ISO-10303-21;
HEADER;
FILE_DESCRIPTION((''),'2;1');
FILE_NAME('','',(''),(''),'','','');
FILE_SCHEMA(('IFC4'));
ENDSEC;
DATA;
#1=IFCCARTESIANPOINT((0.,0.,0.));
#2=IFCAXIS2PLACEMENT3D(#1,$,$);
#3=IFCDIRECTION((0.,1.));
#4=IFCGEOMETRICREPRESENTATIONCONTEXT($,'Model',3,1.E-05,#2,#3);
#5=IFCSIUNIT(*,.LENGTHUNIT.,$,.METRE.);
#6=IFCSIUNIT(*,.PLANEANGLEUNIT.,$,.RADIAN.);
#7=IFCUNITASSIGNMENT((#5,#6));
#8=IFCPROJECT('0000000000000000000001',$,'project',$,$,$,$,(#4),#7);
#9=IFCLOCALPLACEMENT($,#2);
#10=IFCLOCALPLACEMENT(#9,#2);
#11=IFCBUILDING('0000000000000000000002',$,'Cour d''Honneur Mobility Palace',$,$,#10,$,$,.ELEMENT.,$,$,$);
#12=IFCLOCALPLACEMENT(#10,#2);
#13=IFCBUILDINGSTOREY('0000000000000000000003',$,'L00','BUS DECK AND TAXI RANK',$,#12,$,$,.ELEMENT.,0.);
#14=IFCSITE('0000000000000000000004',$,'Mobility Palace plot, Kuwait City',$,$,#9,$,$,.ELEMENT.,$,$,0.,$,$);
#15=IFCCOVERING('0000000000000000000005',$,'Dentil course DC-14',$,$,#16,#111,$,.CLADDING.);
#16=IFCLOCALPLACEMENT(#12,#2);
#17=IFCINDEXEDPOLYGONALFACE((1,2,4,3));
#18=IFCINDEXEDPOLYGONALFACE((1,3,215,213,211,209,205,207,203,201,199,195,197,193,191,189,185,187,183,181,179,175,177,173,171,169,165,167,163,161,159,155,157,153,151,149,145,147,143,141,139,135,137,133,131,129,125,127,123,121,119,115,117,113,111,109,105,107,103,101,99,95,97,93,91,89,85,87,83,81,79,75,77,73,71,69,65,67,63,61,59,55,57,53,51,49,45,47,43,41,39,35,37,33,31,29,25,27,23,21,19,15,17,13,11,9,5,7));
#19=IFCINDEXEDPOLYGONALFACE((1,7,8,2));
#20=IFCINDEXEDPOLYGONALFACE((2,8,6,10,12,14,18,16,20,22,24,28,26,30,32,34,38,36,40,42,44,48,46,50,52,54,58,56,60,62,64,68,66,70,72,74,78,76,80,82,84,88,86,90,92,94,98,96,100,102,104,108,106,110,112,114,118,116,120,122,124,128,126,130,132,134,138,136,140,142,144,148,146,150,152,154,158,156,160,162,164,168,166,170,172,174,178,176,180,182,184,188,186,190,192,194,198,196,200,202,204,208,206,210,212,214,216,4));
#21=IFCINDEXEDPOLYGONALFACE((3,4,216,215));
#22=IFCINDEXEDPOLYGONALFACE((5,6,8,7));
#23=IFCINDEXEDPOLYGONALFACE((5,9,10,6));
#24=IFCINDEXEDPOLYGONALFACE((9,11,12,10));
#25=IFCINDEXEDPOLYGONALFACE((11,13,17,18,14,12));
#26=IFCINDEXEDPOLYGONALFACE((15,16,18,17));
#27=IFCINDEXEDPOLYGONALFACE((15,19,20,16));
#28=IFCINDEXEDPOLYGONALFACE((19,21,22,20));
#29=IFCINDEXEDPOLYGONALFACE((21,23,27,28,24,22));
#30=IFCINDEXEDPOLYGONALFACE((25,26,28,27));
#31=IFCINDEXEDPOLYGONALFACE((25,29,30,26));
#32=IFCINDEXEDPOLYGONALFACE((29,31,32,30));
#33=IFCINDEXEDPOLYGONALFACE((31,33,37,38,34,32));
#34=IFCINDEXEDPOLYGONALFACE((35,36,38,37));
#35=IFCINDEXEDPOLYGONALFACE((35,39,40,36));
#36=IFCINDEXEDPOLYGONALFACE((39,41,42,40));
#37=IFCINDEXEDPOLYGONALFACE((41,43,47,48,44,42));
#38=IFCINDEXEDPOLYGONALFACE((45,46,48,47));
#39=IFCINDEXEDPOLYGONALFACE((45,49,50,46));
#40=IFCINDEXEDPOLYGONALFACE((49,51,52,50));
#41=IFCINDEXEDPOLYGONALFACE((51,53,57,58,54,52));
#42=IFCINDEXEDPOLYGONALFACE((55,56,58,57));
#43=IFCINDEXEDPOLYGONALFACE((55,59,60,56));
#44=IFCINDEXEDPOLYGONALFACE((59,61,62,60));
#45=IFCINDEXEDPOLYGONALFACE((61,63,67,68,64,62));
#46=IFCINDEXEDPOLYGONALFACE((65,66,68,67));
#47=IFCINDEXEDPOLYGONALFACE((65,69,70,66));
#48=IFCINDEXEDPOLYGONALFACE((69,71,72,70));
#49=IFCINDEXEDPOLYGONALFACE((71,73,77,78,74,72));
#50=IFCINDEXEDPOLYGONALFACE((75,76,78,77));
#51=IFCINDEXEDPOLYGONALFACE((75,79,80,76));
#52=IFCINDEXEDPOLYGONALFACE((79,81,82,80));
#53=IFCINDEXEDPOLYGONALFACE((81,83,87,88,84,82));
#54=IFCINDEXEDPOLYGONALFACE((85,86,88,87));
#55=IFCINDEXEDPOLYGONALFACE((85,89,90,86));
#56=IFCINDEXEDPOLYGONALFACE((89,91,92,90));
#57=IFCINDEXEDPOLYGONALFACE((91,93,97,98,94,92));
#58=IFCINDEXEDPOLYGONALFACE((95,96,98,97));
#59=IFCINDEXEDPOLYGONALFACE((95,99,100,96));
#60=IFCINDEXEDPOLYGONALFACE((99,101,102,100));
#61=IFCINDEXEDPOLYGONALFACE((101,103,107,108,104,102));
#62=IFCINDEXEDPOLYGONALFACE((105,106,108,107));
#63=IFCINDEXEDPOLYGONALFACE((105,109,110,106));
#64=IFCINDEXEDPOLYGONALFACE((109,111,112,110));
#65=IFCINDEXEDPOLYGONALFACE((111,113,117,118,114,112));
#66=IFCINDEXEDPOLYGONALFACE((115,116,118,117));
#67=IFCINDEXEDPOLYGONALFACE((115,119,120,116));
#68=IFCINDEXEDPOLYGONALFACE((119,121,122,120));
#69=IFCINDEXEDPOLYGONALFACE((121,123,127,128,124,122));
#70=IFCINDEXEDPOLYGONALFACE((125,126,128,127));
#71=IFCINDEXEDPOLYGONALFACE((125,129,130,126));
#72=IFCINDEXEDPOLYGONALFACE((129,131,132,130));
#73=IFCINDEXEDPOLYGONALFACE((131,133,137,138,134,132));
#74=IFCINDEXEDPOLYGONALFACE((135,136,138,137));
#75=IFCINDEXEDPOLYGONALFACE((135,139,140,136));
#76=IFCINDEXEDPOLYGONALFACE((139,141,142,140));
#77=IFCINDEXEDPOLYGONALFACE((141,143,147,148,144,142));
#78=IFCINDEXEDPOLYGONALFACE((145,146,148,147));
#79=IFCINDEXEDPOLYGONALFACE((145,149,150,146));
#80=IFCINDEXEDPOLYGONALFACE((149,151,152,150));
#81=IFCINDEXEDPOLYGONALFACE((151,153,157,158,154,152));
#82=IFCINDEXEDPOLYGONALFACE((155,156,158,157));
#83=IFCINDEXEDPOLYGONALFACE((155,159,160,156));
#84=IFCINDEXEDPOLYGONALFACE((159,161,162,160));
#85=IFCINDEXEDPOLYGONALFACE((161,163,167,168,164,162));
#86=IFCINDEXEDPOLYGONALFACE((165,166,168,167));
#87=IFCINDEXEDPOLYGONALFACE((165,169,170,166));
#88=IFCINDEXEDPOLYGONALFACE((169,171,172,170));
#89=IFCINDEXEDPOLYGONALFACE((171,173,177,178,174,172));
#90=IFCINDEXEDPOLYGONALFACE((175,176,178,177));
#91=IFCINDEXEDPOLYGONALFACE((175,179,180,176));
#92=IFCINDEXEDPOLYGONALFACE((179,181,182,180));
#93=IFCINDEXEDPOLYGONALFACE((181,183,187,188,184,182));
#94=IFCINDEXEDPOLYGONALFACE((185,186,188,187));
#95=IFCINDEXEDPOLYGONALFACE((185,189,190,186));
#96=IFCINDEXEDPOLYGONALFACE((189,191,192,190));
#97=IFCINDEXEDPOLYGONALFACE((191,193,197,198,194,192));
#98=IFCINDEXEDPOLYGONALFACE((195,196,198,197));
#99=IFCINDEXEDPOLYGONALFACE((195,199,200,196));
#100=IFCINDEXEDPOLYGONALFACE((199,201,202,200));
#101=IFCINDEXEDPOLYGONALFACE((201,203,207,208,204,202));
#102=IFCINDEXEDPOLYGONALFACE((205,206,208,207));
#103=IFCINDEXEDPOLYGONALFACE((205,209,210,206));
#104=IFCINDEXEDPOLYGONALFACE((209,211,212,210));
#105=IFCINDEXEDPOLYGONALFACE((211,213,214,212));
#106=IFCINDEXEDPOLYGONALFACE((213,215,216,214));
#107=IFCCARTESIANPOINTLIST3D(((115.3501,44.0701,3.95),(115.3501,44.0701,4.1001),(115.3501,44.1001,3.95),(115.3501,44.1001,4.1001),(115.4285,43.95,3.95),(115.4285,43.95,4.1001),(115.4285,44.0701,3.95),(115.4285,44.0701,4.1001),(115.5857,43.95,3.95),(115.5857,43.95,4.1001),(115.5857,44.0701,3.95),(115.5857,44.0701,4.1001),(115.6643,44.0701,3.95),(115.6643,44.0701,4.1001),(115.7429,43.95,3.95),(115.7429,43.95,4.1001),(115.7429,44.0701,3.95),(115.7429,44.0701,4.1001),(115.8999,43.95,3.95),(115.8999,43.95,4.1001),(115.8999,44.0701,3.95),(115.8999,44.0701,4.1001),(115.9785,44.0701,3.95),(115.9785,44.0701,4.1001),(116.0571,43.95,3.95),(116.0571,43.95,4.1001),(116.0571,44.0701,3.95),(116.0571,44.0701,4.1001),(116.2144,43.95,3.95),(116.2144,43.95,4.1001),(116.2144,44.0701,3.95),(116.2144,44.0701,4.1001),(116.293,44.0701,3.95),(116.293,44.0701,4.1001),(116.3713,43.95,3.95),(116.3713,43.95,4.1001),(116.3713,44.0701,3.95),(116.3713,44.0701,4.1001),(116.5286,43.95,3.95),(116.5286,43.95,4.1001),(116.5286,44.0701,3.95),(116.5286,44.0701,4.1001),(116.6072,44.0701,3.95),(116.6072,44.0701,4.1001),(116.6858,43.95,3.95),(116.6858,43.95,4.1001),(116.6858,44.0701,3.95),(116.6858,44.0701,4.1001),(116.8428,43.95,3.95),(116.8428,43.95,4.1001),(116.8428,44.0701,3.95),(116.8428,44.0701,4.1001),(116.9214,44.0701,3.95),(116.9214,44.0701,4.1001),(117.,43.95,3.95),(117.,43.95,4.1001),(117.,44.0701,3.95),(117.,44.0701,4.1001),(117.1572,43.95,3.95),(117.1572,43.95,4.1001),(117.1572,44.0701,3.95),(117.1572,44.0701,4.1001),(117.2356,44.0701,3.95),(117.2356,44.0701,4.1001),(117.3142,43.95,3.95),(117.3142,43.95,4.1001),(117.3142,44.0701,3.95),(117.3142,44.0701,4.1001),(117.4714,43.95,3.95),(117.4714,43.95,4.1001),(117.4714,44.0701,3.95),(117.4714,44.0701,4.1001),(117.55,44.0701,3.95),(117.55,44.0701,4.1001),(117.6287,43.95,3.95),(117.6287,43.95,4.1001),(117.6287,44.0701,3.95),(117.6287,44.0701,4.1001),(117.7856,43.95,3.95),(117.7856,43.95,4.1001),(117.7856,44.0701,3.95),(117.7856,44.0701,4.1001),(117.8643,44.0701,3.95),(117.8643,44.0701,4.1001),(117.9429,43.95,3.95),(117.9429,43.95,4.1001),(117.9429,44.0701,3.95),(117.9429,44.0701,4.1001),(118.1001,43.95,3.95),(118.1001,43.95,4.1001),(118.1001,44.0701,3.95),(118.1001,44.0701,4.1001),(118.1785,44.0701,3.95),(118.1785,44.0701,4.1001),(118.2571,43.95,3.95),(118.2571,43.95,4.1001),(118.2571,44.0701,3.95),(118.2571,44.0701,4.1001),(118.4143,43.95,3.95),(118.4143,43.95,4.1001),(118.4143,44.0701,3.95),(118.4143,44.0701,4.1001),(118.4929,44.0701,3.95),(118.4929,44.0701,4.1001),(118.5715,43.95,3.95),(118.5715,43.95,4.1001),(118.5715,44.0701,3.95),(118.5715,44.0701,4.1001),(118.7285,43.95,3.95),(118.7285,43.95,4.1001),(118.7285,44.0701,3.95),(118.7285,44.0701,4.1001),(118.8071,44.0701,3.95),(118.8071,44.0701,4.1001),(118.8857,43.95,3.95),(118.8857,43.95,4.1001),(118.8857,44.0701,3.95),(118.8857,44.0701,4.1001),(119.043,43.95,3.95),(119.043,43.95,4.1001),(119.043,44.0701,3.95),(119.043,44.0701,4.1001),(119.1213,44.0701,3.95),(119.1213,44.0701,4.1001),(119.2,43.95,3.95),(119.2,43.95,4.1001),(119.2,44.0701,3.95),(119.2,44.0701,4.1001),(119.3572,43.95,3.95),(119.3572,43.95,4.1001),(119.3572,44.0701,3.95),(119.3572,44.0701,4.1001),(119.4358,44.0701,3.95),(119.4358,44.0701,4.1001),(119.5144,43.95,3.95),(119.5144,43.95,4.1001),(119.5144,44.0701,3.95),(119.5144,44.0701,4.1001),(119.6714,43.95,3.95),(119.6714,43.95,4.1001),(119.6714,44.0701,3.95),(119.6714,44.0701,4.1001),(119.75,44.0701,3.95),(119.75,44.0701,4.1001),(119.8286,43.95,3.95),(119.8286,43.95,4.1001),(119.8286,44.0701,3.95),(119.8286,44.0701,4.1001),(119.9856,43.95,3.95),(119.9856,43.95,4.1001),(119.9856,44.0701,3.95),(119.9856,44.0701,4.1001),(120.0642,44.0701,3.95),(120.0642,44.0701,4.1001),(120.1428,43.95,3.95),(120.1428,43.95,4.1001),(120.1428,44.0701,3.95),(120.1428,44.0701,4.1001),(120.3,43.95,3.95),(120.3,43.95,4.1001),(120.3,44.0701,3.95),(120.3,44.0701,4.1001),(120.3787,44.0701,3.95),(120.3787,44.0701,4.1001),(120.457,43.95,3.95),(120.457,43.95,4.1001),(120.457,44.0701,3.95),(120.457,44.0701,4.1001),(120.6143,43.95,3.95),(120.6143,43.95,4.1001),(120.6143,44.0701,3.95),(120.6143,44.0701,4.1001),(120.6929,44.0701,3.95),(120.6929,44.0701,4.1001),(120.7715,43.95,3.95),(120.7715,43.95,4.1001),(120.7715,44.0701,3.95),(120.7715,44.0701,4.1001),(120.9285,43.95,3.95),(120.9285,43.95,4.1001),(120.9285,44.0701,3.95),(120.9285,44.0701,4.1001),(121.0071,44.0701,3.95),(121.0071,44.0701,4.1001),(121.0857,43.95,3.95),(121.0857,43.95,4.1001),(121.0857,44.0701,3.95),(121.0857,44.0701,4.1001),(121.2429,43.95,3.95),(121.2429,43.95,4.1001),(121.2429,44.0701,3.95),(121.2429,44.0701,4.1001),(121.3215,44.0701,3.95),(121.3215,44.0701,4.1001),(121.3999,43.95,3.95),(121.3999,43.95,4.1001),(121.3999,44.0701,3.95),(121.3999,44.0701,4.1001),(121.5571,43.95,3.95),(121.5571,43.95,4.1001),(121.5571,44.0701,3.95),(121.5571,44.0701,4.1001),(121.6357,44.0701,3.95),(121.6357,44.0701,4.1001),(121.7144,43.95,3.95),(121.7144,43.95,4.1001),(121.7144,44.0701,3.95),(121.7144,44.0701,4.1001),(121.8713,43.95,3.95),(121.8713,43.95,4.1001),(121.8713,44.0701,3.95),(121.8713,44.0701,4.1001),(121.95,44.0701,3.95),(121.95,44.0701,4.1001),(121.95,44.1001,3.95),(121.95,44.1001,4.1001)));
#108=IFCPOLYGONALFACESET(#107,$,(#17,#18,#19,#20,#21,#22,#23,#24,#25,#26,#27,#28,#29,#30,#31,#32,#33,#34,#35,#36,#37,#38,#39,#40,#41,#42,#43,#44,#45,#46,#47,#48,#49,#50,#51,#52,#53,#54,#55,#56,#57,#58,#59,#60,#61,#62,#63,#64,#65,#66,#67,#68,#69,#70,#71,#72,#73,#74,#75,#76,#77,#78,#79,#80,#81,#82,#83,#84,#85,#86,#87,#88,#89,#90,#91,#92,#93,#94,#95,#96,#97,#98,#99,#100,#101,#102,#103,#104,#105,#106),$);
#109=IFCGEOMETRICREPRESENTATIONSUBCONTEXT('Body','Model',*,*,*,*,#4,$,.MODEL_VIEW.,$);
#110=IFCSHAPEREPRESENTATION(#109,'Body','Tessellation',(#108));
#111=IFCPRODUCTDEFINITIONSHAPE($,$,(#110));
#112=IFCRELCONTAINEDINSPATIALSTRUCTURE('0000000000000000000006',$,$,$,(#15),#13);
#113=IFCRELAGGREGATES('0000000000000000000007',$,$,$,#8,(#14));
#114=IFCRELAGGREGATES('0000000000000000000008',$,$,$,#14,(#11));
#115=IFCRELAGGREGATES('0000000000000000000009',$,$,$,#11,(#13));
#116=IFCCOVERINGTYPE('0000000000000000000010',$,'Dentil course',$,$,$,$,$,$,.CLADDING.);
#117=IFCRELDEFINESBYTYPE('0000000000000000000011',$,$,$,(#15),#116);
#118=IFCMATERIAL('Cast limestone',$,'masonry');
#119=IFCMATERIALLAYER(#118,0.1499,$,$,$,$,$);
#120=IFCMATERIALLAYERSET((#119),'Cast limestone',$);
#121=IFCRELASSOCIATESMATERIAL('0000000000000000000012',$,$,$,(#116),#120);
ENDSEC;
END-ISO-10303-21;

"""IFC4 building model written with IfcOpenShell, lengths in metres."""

from ifc_helpers import new_model, si_unit, direction, frame, origin, place, context, subcontext, project, spatial, polyline, outline, extrude, material, layer, layer_set, type_object, element, save


model = new_model("IFC4")

# Units and contexts
model_context = context("Model", 3, precision=1e-05, world=origin(), true_north=direction((0.0, 1.0)))
body_context = subcontext(model_context, "Body", "Model", "MODEL_VIEW")
ifc_project = project(units=[si_unit("LENGTHUNIT", "METRE"), si_unit("PLANEANGLEUNIT", "RADIAN")], contexts=[model_context])

# Site, building, storey
site_placement = place(None, origin())
site = spatial("IfcSite", under=ifc_project, at=site_placement, Name="Mobility Palace plot, Kuwait City", CompositionType="ELEMENT", RefElevation=0.0)
building_placement = place(site_placement, origin())
building = spatial("IfcBuilding", under=site, at=building_placement, Name="Cour d'Honneur Mobility Palace", CompositionType="ELEMENT")
storey_placement = place(building_placement, origin())
storey = spatial("IfcBuildingStorey", under=building, at=storey_placement, Name="L00", Description="BUS DECK AND TAXI RANK", CompositionType="ELEMENT", Elevation=0.0)

# Covering
ifc_material = material(Name="Cast limestone", Category="masonry")
ifc_layer = layer(ifc_material, 0.1499)
ifc_layer_set = layer_set([ifc_layer], Name="Cast limestone")
covering_type = type_object("IfcCoveringType", Name="Dentil course", PredefinedType="CLADDING", material=ifc_layer_set)
covering_1_placement = place(storey_placement, frame((0.0, 0.0, 3.95)))
element("IfcCovering", 1, at=covering_1_placement, inside=storey, type_object=covering_type, Name="Dentil course DC-14", PredefinedType="CLADDING", context=body_context, shape_type="SweptSolid", body=[
    extrude(outline(polyline([(115.3501, 44.1001), (121.95, 44.1001), (121.95, 44.0701), (121.95, 44.0701), (121.8713, 44.0701), (121.8713, 43.95), (121.7144, 43.95), (121.7144, 44.0701), (121.6357, 44.0701), (121.6357, 44.0701), (121.5571, 44.0701), (121.5571, 43.95), (121.3999, 43.95), (121.3999, 44.0701), (121.3215, 44.0701), (121.3215, 44.0701), (121.2429, 44.0701), (121.2429, 43.95), (121.0857, 43.95), (121.0857, 44.0701), (121.0071, 44.0701), (121.0071, 44.0701), (120.9285, 44.0701), (120.9285, 43.95), (120.7715, 43.95), (120.7715, 44.0701), (120.6929, 44.0701), (120.6929, 44.0701), (120.6143, 44.0701), (120.6143, 43.95), (120.457, 43.95), (120.457, 44.0701), (120.3787, 44.0701), (120.3787, 44.0701), (120.3, 44.0701), (120.3, 43.95), (120.1428, 43.95), (120.1428, 44.0701), (120.0642, 44.0701), (120.0642, 44.0701), (119.9856, 44.0701), (119.9856, 43.95), (119.8286, 43.95), (119.8286, 44.0701), (119.75, 44.0701), (119.75, 44.0701), (119.6714, 44.0701), (119.6714, 43.95), (119.5144, 43.95), (119.5144, 44.0701), (119.4358, 44.0701), (119.4358, 44.0701), (119.3572, 44.0701), (119.3572, 43.95), (119.2, 43.95), (119.2, 44.0701), (119.1213, 44.0701), (119.1213, 44.0701), (119.043, 44.0701), (119.043, 43.95), (118.8857, 43.95), (118.8857, 44.0701), (118.8071, 44.0701), (118.8071, 44.0701), (118.7285, 44.0701), (118.7285, 43.95), (118.5715, 43.95), (118.5715, 44.0701), (118.4929, 44.0701), (118.4929, 44.0701), (118.4143, 44.0701), (118.4143, 43.95), (118.2571, 43.95), (118.2571, 44.0701), (118.1785, 44.0701), (118.1785, 44.0701), (118.1001, 44.0701), (118.1001, 43.95), (117.9429, 43.95), (117.9429, 44.0701), (117.8643, 44.0701), (117.8643, 44.0701), (117.7856, 44.0701), (117.7856, 43.95), (117.6287, 43.95), (117.6287, 44.0701), (117.55, 44.0701), (117.55, 44.0701), (117.4714, 44.0701), (117.4714, 43.95), (117.3142, 43.95), (117.3142, 44.0701), (117.2356, 44.0701), (117.2356, 44.0701), (117.1572, 44.0701), (117.1572, 43.95), (117.0, 43.95), (117.0, 44.0701), (116.9214, 44.0701), (116.9214, 44.0701), (116.8428, 44.0701), (116.8428, 43.95), (116.6858, 43.95), (116.6858, 44.0701), (116.6072, 44.0701), (116.6072, 44.0701), (116.5286, 44.0701), (116.5286, 43.95), (116.3713, 43.95), (116.3713, 44.0701), (116.293, 44.0701), (116.293, 44.0701), (116.2144, 44.0701), (116.2144, 43.95), (116.0571, 43.95), (116.0571, 44.0701), (115.9785, 44.0701), (115.9785, 44.0701), (115.8999, 44.0701), (115.8999, 43.95), (115.7429, 43.95), (115.7429, 44.0701), (115.6643, 44.0701), (115.6643, 44.0701), (115.5857, 44.0701), (115.5857, 43.95), (115.4285, 43.95), (115.4285, 44.0701), (115.3501, 44.0701), (115.3501, 44.1001)])), origin(), (0.0, 0.0, 1.0), 0.1501),
])

save(model, "model.ifc")
